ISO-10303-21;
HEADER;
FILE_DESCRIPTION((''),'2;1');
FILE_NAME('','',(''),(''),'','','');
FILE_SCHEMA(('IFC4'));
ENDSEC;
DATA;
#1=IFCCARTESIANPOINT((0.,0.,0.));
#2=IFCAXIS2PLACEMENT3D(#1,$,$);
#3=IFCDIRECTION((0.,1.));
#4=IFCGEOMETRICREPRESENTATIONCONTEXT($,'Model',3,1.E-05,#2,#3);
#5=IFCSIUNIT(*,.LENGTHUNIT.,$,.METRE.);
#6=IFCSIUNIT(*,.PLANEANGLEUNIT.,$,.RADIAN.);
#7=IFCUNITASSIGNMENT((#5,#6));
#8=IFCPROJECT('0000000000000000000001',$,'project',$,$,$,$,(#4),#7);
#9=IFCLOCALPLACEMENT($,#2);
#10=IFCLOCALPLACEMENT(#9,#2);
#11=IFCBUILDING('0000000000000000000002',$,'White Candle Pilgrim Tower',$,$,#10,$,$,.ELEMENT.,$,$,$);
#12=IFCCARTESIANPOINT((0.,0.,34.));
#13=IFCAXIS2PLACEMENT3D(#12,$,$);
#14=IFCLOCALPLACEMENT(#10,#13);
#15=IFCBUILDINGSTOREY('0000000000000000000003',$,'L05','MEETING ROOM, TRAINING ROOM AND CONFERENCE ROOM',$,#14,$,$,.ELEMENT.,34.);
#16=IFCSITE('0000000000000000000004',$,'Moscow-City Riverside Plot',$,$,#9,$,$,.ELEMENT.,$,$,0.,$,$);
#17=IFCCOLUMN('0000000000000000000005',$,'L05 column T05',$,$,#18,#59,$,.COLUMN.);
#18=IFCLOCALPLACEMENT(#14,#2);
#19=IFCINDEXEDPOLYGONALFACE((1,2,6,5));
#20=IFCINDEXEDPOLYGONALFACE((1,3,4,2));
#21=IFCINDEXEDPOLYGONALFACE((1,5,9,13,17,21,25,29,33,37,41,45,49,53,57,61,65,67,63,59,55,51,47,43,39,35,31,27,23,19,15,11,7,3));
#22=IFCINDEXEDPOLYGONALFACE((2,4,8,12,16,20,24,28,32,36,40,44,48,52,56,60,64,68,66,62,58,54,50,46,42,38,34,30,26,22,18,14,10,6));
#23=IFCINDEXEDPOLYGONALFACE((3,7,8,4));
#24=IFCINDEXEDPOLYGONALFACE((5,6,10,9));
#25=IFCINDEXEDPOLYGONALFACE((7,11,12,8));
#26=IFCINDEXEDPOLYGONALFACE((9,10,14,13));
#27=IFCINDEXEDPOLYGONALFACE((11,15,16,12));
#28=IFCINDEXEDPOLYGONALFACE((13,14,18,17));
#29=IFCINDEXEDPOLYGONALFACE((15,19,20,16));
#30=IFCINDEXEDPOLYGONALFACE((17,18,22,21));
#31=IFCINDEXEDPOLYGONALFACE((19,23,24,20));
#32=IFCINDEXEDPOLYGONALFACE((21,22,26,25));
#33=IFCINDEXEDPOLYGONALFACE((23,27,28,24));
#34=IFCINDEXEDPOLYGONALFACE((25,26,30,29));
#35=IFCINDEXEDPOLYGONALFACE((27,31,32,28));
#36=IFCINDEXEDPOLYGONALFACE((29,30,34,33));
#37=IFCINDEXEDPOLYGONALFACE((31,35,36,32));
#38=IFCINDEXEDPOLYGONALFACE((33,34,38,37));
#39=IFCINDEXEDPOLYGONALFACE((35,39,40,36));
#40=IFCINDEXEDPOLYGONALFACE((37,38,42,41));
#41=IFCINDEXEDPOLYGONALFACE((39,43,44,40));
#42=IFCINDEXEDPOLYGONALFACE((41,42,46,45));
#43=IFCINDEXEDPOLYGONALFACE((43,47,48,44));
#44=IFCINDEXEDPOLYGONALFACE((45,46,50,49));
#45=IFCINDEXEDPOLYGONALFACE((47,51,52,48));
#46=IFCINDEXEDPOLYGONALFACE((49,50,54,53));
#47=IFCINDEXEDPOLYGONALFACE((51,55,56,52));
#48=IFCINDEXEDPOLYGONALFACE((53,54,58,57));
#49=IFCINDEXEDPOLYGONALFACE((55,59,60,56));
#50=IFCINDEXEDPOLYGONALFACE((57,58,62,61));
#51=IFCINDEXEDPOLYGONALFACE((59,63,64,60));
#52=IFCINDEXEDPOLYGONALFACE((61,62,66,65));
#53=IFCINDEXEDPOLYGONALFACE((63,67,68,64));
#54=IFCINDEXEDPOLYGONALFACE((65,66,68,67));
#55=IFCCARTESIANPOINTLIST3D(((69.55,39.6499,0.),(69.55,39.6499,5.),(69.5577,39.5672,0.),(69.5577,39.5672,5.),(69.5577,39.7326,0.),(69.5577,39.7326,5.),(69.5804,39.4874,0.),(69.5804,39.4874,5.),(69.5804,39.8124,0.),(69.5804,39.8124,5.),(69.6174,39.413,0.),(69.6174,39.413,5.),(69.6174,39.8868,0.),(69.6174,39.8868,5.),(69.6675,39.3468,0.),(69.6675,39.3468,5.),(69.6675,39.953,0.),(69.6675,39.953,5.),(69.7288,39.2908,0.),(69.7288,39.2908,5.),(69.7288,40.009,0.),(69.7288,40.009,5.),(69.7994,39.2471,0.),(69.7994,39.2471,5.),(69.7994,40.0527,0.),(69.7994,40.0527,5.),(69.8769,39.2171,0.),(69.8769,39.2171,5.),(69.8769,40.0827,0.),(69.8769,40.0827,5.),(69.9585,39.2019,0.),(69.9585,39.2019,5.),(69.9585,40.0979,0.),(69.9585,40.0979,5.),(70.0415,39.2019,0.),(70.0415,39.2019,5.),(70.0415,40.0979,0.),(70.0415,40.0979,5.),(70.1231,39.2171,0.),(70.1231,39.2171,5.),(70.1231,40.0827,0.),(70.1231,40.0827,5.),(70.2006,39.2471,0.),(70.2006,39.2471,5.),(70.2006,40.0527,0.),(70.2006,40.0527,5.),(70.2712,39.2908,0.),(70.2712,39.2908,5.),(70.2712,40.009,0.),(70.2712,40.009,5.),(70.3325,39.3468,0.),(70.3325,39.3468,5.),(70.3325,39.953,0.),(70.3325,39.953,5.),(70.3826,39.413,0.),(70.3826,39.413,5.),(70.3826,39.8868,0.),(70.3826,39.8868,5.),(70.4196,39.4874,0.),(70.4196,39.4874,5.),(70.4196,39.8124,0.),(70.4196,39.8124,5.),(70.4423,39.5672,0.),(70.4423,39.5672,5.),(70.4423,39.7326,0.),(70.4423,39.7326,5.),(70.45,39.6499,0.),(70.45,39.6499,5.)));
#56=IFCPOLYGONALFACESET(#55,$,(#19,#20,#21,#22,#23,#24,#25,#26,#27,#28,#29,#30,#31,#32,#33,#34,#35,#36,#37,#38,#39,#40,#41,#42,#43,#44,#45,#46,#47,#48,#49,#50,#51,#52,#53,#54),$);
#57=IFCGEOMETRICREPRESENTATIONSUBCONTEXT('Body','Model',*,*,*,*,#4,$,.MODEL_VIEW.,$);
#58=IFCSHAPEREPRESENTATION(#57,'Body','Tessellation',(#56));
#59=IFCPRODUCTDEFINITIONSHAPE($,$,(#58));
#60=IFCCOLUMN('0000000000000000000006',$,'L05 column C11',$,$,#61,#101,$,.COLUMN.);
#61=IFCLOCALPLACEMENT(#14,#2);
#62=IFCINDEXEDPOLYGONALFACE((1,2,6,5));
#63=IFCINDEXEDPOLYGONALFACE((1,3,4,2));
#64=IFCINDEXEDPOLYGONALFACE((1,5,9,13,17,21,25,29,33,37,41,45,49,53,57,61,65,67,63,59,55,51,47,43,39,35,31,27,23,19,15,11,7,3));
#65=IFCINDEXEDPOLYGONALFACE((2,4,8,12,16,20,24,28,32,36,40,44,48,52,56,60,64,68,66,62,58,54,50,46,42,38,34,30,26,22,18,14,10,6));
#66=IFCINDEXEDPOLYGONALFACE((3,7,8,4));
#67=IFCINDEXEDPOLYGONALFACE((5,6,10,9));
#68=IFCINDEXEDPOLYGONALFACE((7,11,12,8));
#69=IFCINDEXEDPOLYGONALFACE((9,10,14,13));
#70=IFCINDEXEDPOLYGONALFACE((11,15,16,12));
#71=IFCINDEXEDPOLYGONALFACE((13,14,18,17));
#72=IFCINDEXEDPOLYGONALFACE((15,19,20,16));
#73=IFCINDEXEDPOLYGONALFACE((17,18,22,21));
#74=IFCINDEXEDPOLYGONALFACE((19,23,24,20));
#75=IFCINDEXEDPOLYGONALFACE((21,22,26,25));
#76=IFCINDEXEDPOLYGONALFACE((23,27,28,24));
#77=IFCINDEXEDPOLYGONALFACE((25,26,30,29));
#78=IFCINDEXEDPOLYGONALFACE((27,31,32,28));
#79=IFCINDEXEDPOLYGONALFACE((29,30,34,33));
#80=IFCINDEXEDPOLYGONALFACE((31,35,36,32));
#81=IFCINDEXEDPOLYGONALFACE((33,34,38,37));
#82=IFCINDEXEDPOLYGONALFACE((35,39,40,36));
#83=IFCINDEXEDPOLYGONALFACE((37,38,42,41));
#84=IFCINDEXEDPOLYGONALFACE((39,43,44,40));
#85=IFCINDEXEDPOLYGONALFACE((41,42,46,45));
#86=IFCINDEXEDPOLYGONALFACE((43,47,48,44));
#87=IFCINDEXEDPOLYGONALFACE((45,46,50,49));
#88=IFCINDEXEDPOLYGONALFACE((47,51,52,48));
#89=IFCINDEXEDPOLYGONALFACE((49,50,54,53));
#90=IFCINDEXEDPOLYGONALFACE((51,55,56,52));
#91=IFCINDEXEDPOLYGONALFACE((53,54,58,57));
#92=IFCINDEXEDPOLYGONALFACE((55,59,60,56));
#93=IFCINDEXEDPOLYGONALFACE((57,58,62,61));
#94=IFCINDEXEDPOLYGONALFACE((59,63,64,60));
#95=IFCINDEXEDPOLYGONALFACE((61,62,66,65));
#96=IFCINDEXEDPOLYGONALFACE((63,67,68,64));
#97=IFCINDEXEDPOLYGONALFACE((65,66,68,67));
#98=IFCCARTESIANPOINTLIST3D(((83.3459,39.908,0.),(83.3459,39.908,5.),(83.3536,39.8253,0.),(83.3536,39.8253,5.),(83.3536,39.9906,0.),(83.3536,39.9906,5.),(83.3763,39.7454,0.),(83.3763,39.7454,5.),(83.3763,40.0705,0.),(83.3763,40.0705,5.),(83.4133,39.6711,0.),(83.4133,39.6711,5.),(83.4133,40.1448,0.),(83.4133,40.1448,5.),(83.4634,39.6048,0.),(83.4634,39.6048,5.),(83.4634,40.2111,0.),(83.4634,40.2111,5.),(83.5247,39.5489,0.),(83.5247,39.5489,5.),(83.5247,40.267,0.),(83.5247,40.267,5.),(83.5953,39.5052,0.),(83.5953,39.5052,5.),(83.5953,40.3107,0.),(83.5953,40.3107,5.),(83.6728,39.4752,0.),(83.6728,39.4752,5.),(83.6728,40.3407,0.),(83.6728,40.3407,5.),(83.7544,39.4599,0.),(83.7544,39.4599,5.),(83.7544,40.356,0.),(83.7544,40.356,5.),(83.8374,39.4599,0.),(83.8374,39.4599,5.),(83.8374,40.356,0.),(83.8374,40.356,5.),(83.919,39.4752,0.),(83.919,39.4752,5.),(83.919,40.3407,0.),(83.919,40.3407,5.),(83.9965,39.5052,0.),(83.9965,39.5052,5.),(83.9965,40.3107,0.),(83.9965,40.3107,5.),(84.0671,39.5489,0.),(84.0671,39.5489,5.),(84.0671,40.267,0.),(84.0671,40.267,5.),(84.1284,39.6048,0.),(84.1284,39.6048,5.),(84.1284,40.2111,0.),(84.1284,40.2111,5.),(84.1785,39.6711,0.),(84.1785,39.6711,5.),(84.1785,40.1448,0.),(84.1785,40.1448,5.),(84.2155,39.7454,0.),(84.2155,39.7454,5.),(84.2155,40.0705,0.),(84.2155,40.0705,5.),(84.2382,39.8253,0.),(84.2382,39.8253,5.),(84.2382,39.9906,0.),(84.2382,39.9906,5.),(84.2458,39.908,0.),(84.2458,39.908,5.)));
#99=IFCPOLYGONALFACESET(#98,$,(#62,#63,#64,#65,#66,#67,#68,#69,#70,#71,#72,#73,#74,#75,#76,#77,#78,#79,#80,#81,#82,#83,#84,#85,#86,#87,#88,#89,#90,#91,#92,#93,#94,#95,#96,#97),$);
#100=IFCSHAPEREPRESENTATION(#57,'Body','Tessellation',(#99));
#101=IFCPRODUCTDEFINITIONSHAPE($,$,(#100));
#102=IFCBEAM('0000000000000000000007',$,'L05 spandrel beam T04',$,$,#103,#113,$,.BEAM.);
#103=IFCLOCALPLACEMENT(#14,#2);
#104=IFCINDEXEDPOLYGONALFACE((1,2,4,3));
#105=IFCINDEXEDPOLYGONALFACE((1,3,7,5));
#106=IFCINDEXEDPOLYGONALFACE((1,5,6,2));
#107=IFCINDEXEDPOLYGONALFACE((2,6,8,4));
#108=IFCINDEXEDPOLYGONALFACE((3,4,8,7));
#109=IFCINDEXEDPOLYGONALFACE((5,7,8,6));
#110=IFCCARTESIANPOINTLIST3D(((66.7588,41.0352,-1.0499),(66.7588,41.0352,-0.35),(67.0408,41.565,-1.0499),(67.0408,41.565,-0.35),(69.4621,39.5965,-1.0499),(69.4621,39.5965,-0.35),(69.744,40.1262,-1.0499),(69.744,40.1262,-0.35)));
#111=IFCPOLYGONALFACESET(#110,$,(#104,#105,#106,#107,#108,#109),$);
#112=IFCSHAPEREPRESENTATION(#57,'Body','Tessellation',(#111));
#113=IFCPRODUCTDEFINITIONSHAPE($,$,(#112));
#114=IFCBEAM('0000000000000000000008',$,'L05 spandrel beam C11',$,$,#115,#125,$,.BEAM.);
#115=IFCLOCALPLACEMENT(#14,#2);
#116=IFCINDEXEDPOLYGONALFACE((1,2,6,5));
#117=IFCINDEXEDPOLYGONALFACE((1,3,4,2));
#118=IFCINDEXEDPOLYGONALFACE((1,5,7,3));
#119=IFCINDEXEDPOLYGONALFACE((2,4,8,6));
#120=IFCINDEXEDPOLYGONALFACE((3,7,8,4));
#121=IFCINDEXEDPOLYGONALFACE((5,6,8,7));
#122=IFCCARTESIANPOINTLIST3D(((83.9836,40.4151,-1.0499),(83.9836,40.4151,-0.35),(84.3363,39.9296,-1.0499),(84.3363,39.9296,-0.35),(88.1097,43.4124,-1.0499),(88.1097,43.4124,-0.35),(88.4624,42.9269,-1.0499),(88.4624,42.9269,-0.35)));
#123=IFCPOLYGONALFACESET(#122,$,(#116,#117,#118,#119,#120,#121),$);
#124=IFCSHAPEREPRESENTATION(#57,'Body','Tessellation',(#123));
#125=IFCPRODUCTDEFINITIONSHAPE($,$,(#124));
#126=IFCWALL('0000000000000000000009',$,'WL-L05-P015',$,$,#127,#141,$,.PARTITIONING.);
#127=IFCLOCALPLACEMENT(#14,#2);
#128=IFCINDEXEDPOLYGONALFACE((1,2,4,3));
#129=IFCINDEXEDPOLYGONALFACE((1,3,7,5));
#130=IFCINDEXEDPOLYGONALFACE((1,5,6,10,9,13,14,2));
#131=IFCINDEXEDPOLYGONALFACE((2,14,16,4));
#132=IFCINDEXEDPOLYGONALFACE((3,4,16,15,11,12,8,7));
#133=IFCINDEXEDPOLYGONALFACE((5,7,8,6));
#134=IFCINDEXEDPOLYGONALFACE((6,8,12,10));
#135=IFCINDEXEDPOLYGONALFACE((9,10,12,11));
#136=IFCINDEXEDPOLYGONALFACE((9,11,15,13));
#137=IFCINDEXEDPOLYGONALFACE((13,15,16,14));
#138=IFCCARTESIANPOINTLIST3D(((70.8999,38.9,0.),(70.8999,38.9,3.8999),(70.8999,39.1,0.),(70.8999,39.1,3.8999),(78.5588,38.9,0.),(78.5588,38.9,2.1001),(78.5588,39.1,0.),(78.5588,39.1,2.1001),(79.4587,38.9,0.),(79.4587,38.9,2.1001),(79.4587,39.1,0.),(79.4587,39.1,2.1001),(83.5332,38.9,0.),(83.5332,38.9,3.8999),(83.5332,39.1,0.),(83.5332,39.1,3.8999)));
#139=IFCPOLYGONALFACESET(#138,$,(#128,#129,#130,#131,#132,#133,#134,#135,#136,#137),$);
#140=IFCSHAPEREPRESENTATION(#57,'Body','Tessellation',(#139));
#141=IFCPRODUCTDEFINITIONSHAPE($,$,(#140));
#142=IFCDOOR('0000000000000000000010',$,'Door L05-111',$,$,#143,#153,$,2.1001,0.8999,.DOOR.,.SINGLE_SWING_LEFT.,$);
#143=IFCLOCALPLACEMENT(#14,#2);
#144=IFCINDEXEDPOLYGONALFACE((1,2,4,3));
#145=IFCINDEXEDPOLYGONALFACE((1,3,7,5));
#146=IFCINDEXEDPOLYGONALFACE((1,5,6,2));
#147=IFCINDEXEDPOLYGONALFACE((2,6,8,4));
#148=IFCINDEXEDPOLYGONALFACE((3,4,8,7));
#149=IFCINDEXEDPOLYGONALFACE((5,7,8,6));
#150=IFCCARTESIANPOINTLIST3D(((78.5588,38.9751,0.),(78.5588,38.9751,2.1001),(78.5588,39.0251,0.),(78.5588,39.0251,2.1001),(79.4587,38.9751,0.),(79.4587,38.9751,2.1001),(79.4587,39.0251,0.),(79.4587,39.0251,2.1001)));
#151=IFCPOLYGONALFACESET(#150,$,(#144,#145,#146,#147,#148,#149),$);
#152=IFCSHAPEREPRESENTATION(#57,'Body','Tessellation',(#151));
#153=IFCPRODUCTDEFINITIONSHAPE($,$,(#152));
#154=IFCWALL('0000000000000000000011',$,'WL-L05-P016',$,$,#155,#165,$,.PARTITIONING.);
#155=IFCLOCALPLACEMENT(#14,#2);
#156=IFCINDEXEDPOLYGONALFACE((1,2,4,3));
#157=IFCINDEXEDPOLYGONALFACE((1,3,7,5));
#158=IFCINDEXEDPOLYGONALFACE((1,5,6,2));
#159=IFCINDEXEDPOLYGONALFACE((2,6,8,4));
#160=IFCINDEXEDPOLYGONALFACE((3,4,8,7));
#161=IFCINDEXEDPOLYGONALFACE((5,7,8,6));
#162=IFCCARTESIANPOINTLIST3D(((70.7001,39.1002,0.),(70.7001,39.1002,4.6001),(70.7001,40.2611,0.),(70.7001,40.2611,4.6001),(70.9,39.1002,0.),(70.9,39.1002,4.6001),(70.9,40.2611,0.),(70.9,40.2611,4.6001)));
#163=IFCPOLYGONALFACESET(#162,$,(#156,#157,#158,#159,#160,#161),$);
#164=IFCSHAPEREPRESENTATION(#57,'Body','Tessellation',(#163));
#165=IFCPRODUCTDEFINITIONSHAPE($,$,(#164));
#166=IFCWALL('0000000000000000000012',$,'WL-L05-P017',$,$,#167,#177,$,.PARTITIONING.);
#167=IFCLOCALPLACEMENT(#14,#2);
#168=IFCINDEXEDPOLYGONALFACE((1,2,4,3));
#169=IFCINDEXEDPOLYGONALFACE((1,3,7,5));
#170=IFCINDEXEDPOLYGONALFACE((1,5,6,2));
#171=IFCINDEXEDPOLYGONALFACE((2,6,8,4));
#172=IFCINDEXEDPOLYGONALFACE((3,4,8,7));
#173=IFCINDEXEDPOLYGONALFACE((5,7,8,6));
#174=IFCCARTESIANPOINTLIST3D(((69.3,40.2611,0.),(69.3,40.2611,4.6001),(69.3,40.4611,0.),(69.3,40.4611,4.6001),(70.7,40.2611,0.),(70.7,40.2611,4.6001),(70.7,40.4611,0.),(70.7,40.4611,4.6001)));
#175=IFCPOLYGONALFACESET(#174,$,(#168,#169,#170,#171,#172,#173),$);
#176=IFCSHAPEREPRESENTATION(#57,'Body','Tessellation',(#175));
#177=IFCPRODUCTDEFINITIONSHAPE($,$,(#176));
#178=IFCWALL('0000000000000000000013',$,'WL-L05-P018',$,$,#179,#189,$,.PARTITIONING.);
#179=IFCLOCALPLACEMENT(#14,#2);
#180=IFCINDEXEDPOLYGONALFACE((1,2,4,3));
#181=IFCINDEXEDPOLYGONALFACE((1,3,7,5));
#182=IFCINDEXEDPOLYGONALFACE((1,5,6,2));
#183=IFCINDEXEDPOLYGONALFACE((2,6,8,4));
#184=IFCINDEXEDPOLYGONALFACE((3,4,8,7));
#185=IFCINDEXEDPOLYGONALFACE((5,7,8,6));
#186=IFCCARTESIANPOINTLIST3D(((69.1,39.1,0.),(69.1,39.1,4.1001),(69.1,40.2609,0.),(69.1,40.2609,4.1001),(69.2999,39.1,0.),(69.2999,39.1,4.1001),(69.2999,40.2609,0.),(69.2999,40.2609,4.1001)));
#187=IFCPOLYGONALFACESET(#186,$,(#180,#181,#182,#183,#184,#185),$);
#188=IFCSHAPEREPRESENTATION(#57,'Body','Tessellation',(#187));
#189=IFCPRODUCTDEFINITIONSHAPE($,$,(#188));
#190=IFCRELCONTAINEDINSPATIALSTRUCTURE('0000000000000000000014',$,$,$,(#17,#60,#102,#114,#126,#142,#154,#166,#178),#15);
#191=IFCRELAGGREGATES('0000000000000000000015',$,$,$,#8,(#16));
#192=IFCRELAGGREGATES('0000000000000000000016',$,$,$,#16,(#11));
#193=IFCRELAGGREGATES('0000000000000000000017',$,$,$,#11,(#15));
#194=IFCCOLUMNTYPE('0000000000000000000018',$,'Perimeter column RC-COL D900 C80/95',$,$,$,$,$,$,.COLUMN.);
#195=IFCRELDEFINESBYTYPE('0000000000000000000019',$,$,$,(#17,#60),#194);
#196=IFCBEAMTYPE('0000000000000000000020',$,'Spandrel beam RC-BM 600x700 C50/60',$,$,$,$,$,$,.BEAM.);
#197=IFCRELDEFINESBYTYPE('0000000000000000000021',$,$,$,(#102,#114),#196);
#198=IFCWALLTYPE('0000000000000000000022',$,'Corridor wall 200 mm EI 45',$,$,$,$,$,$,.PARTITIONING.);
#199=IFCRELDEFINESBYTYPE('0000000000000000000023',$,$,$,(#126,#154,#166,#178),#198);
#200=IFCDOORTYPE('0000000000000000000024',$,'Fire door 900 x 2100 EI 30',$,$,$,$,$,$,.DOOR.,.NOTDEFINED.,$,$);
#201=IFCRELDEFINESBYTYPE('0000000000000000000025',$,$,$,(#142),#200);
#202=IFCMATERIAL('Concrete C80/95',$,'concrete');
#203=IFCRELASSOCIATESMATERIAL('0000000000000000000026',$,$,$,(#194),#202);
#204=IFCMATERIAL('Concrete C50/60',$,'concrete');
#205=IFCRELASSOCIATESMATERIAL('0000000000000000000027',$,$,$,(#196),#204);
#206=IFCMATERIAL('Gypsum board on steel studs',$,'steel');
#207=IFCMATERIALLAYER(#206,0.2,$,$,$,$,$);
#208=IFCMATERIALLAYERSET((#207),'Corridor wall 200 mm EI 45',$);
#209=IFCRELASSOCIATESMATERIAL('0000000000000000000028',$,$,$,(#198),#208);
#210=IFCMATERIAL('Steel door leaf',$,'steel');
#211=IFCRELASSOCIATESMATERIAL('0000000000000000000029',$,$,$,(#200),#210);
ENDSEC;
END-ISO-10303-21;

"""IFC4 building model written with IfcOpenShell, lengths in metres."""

from ifc_helpers import new_model, si_unit, direction, frame, frame_2d, origin, origin_2d, place, context, subcontext, project, spatial, rectangle, circle, extrude, material, layer, layer_set, material_profile, profile_set, type_object, element, fill, save


model = new_model("IFC4")

# Units and contexts
model_context = context("Model", 3, precision=1e-05, world=origin(), true_north=direction((0.0, 1.0)))
body_context = subcontext(model_context, "Body", "Model", "MODEL_VIEW")
ifc_project = project(units=[si_unit("LENGTHUNIT", "METRE"), si_unit("PLANEANGLEUNIT", "RADIAN")], contexts=[model_context])

# Site, building, storey
site_placement = place(None, origin())
site = spatial("IfcSite", under=ifc_project, at=site_placement, Name="Moscow-City Riverside Plot", CompositionType="ELEMENT", RefElevation=0.0)
building_placement = place(site_placement, origin())
building = spatial("IfcBuilding", under=site, at=building_placement, Name="White Candle Pilgrim Tower", CompositionType="ELEMENT")
storey_placement = place(building_placement, frame((0.0, 0.0, 34.0)))
storey = spatial("IfcBuildingStorey", under=building, at=storey_placement, Name="L05", Description="MEETING ROOM, TRAINING ROOM AND CONFERENCE ROOM", CompositionType="ELEMENT", Elevation=34.0)

# Columns
ifc_material_1 = material(Name="Concrete C80/95", Category="concrete")
ifc_material_profile_1 = material_profile(ifc_material_1, circle(Radius=0.45, at=origin_2d()), Name="RC-COL D900")
ifc_profile_set_1 = profile_set([ifc_material_profile_1], Name="Concrete C80/95")
column_type = type_object("IfcColumnType", Name="Perimeter column RC-COL D900 C80/95", PredefinedType="COLUMN", material=ifc_profile_set_1)
for number, where, z_axis, x_axis, name in (
    (1, (70.0, 39.6499, 0.0), (0.0, 0.0, 1.0), (1.0, 0.0, 0.0), "L05 column T05"),
    (2, (83.7959, 39.908, 0.0), (0.0, 0.0, 1.0), (1.0, 0.0, 0.0), "L05 column C11"),
):
    element("IfcColumn", number, at=place(storey_placement, frame(where, z_axis=z_axis, x_axis=x_axis)), inside=storey, type_object=column_type, Name=name, PredefinedType="COLUMN", context=body_context, shape_type="SweptSolid", body=[
        extrude(circle(Radius=0.45, at=origin_2d()), origin(), (0.0, 0.0, 1.0), 5.0),
    ])

# Beams
ifc_material_2 = material(Name="Concrete C50/60", Category="concrete")
ifc_material_profile_2 = material_profile(ifc_material_2, rectangle(XDim=0.6001, YDim=0.7, at=origin_2d()), Name="RC-BM 600x700")
ifc_profile_set_2 = profile_set([ifc_material_profile_2], Name="Concrete C50/60")
beam_type = type_object("IfcBeamType", Name="Spandrel beam RC-BM 600x700 C50/60", PredefinedType="BEAM", material=ifc_profile_set_2)
beam_1_placement = place(storey_placement, frame((69.603, 39.8613, -0.7), z_axis=(-0.882752, 0.469839, 0.0), x_axis=(-0.469839, -0.882752, 0.0)))
element("IfcBeam", 3, at=beam_1_placement, inside=storey, type_object=beam_type, Name="L05 spandrel beam T04", PredefinedType="BEAM", context=body_context, shape_type="SweptSolid", body=[
    extrude(rectangle(XDim=0.6001, YDim=0.7, at=origin_2d()), origin(), (0.0, 0.0, 1.0), 3.0623),
])
beam_2_placement = place(storey_placement, frame((84.1599, 40.1724, -0.7), z_axis=(0.809069, 0.587713, 0.0), x_axis=(-0.587713, 0.809069, 0.0)))
element("IfcBeam", 4, at=beam_2_placement, inside=storey, type_object=beam_type, Name="L05 spandrel beam C11", PredefinedType="BEAM", context=body_context, shape_type="SweptSolid", body=[
    extrude(rectangle(XDim=0.6001, YDim=0.7, at=origin_2d()), origin(), (0.0, 0.0, 1.0), 5.0999),
])

# Wall, opening, door
ifc_material_3 = material(Name="Gypsum board on steel studs", Category="steel")
ifc_layer_1 = layer(ifc_material_3, 0.2)
ifc_layer_set_1 = layer_set([ifc_layer_1], Name="Corridor wall 200 mm EI 45")
wall_type_1 = type_object("IfcWallType", Name="Corridor wall 200 mm EI 45", PredefinedType="PARTITIONING", material=ifc_layer_set_1)
wall_1_placement = place(storey_placement, frame((83.5332, 39.0, 0.0), z_axis=(0.0, 0.0, 1.0), x_axis=(-1.0, 0.0, 0.0)))
wall_1 = element("IfcWall", 5, at=wall_1_placement, inside=storey, type_object=wall_type_1, Name="WL-L05-P015", PredefinedType="PARTITIONING", context=body_context, shape_type="SweptSolid", body=[
    extrude(rectangle(XDim=12.6333, YDim=0.2, at=frame_2d((6.3167, 0.0))), origin(), (0.0, 0.0, 1.0), 3.8999),
])
opening_1_placement = place(wall_1_placement, frame((4.0745, 0.0, 0.0)))
opening_1 = element("IfcOpeningElement", 6, at=opening_1_placement, cuts=wall_1, PredefinedType="OPENING", context=body_context, shape_type="SweptSolid", body=[
    extrude(rectangle(XDim=0.8999, YDim=2.1001, at=frame_2d((0.45, 1.05))), frame((0.0, 0.1099, 0.0), z_axis=(0.0, -1.0, 0.0), x_axis=(1.0, 0.0, 0.0)), (0.0, 0.0, 1.0), 0.22),
])
ifc_material_4 = material(Name="Steel door leaf", Category="steel")
door_type_1 = type_object("IfcDoorType", Name="Fire door 900 x 2100 EI 30", OperationType="NOTDEFINED", PredefinedType="DOOR", material=ifc_material_4)
door_1_placement = place(opening_1_placement, origin())
door_1 = element("IfcDoor", 7, at=door_1_placement, inside=storey, type_object=door_type_1, Name="Door L05-111", OperationType="SINGLE_SWING_LEFT", OverallHeight=2.1001, OverallWidth=0.8999, PredefinedType="DOOR", context=body_context, shape_type="SweptSolid", body=[
    extrude(rectangle(XDim=0.8999, YDim=2.1001, at=frame_2d((0.45, 1.05))), frame((0.0, 0.0249, 0.0), z_axis=(0.0, -1.0, 0.0), x_axis=(1.0, 0.0, 0.0)), (0.0, 0.0, 1.0), 0.05),
])
fill(opening_1, door_1)

# Walls
wall_2_placement = place(storey_placement, frame((70.8, 39.1001, 0.0), z_axis=(0.0, 0.0, 1.0), x_axis=(0.0, 1.0, 0.0)))
element("IfcWall", 8, at=wall_2_placement, inside=storey, type_object=wall_type_1, Name="WL-L05-P016", PredefinedType="PARTITIONING", context=body_context, shape_type="SweptSolid", body=[
    extrude(rectangle(XDim=1.1609, YDim=0.2, at=frame_2d((0.5806, 0.0))), origin(), (0.0, 0.0, 1.0), 4.6001),
])
wall_3_placement = place(storey_placement, frame((70.7, 40.3611, 0.0), z_axis=(0.0, 0.0, 1.0), x_axis=(-1.0, 0.0, 0.0)))
element("IfcWall", 9, at=wall_3_placement, inside=storey, type_object=wall_type_1, Name="WL-L05-P017", PredefinedType="PARTITIONING", context=body_context, shape_type="SweptSolid", body=[
    extrude(rectangle(XDim=1.3999, YDim=0.2, at=frame_2d((0.7, 0.0))), origin(), (0.0, 0.0, 1.0), 4.6001),
])
wall_4_placement = place(storey_placement, frame((69.2, 40.261, 0.0), z_axis=(0.0, 0.0, 1.0), x_axis=(0.0, -1.0, 0.0)))
element("IfcWall", 10, at=wall_4_placement, inside=storey, type_object=wall_type_1, Name="WL-L05-P018", PredefinedType="PARTITIONING", context=body_context, shape_type="SweptSolid", body=[
    extrude(rectangle(XDim=1.1609, YDim=0.2, at=frame_2d((0.5806, 0.0))), origin(), (0.0, 0.0, 1.0), 4.1001),
])

save(model, "model.ifc")
